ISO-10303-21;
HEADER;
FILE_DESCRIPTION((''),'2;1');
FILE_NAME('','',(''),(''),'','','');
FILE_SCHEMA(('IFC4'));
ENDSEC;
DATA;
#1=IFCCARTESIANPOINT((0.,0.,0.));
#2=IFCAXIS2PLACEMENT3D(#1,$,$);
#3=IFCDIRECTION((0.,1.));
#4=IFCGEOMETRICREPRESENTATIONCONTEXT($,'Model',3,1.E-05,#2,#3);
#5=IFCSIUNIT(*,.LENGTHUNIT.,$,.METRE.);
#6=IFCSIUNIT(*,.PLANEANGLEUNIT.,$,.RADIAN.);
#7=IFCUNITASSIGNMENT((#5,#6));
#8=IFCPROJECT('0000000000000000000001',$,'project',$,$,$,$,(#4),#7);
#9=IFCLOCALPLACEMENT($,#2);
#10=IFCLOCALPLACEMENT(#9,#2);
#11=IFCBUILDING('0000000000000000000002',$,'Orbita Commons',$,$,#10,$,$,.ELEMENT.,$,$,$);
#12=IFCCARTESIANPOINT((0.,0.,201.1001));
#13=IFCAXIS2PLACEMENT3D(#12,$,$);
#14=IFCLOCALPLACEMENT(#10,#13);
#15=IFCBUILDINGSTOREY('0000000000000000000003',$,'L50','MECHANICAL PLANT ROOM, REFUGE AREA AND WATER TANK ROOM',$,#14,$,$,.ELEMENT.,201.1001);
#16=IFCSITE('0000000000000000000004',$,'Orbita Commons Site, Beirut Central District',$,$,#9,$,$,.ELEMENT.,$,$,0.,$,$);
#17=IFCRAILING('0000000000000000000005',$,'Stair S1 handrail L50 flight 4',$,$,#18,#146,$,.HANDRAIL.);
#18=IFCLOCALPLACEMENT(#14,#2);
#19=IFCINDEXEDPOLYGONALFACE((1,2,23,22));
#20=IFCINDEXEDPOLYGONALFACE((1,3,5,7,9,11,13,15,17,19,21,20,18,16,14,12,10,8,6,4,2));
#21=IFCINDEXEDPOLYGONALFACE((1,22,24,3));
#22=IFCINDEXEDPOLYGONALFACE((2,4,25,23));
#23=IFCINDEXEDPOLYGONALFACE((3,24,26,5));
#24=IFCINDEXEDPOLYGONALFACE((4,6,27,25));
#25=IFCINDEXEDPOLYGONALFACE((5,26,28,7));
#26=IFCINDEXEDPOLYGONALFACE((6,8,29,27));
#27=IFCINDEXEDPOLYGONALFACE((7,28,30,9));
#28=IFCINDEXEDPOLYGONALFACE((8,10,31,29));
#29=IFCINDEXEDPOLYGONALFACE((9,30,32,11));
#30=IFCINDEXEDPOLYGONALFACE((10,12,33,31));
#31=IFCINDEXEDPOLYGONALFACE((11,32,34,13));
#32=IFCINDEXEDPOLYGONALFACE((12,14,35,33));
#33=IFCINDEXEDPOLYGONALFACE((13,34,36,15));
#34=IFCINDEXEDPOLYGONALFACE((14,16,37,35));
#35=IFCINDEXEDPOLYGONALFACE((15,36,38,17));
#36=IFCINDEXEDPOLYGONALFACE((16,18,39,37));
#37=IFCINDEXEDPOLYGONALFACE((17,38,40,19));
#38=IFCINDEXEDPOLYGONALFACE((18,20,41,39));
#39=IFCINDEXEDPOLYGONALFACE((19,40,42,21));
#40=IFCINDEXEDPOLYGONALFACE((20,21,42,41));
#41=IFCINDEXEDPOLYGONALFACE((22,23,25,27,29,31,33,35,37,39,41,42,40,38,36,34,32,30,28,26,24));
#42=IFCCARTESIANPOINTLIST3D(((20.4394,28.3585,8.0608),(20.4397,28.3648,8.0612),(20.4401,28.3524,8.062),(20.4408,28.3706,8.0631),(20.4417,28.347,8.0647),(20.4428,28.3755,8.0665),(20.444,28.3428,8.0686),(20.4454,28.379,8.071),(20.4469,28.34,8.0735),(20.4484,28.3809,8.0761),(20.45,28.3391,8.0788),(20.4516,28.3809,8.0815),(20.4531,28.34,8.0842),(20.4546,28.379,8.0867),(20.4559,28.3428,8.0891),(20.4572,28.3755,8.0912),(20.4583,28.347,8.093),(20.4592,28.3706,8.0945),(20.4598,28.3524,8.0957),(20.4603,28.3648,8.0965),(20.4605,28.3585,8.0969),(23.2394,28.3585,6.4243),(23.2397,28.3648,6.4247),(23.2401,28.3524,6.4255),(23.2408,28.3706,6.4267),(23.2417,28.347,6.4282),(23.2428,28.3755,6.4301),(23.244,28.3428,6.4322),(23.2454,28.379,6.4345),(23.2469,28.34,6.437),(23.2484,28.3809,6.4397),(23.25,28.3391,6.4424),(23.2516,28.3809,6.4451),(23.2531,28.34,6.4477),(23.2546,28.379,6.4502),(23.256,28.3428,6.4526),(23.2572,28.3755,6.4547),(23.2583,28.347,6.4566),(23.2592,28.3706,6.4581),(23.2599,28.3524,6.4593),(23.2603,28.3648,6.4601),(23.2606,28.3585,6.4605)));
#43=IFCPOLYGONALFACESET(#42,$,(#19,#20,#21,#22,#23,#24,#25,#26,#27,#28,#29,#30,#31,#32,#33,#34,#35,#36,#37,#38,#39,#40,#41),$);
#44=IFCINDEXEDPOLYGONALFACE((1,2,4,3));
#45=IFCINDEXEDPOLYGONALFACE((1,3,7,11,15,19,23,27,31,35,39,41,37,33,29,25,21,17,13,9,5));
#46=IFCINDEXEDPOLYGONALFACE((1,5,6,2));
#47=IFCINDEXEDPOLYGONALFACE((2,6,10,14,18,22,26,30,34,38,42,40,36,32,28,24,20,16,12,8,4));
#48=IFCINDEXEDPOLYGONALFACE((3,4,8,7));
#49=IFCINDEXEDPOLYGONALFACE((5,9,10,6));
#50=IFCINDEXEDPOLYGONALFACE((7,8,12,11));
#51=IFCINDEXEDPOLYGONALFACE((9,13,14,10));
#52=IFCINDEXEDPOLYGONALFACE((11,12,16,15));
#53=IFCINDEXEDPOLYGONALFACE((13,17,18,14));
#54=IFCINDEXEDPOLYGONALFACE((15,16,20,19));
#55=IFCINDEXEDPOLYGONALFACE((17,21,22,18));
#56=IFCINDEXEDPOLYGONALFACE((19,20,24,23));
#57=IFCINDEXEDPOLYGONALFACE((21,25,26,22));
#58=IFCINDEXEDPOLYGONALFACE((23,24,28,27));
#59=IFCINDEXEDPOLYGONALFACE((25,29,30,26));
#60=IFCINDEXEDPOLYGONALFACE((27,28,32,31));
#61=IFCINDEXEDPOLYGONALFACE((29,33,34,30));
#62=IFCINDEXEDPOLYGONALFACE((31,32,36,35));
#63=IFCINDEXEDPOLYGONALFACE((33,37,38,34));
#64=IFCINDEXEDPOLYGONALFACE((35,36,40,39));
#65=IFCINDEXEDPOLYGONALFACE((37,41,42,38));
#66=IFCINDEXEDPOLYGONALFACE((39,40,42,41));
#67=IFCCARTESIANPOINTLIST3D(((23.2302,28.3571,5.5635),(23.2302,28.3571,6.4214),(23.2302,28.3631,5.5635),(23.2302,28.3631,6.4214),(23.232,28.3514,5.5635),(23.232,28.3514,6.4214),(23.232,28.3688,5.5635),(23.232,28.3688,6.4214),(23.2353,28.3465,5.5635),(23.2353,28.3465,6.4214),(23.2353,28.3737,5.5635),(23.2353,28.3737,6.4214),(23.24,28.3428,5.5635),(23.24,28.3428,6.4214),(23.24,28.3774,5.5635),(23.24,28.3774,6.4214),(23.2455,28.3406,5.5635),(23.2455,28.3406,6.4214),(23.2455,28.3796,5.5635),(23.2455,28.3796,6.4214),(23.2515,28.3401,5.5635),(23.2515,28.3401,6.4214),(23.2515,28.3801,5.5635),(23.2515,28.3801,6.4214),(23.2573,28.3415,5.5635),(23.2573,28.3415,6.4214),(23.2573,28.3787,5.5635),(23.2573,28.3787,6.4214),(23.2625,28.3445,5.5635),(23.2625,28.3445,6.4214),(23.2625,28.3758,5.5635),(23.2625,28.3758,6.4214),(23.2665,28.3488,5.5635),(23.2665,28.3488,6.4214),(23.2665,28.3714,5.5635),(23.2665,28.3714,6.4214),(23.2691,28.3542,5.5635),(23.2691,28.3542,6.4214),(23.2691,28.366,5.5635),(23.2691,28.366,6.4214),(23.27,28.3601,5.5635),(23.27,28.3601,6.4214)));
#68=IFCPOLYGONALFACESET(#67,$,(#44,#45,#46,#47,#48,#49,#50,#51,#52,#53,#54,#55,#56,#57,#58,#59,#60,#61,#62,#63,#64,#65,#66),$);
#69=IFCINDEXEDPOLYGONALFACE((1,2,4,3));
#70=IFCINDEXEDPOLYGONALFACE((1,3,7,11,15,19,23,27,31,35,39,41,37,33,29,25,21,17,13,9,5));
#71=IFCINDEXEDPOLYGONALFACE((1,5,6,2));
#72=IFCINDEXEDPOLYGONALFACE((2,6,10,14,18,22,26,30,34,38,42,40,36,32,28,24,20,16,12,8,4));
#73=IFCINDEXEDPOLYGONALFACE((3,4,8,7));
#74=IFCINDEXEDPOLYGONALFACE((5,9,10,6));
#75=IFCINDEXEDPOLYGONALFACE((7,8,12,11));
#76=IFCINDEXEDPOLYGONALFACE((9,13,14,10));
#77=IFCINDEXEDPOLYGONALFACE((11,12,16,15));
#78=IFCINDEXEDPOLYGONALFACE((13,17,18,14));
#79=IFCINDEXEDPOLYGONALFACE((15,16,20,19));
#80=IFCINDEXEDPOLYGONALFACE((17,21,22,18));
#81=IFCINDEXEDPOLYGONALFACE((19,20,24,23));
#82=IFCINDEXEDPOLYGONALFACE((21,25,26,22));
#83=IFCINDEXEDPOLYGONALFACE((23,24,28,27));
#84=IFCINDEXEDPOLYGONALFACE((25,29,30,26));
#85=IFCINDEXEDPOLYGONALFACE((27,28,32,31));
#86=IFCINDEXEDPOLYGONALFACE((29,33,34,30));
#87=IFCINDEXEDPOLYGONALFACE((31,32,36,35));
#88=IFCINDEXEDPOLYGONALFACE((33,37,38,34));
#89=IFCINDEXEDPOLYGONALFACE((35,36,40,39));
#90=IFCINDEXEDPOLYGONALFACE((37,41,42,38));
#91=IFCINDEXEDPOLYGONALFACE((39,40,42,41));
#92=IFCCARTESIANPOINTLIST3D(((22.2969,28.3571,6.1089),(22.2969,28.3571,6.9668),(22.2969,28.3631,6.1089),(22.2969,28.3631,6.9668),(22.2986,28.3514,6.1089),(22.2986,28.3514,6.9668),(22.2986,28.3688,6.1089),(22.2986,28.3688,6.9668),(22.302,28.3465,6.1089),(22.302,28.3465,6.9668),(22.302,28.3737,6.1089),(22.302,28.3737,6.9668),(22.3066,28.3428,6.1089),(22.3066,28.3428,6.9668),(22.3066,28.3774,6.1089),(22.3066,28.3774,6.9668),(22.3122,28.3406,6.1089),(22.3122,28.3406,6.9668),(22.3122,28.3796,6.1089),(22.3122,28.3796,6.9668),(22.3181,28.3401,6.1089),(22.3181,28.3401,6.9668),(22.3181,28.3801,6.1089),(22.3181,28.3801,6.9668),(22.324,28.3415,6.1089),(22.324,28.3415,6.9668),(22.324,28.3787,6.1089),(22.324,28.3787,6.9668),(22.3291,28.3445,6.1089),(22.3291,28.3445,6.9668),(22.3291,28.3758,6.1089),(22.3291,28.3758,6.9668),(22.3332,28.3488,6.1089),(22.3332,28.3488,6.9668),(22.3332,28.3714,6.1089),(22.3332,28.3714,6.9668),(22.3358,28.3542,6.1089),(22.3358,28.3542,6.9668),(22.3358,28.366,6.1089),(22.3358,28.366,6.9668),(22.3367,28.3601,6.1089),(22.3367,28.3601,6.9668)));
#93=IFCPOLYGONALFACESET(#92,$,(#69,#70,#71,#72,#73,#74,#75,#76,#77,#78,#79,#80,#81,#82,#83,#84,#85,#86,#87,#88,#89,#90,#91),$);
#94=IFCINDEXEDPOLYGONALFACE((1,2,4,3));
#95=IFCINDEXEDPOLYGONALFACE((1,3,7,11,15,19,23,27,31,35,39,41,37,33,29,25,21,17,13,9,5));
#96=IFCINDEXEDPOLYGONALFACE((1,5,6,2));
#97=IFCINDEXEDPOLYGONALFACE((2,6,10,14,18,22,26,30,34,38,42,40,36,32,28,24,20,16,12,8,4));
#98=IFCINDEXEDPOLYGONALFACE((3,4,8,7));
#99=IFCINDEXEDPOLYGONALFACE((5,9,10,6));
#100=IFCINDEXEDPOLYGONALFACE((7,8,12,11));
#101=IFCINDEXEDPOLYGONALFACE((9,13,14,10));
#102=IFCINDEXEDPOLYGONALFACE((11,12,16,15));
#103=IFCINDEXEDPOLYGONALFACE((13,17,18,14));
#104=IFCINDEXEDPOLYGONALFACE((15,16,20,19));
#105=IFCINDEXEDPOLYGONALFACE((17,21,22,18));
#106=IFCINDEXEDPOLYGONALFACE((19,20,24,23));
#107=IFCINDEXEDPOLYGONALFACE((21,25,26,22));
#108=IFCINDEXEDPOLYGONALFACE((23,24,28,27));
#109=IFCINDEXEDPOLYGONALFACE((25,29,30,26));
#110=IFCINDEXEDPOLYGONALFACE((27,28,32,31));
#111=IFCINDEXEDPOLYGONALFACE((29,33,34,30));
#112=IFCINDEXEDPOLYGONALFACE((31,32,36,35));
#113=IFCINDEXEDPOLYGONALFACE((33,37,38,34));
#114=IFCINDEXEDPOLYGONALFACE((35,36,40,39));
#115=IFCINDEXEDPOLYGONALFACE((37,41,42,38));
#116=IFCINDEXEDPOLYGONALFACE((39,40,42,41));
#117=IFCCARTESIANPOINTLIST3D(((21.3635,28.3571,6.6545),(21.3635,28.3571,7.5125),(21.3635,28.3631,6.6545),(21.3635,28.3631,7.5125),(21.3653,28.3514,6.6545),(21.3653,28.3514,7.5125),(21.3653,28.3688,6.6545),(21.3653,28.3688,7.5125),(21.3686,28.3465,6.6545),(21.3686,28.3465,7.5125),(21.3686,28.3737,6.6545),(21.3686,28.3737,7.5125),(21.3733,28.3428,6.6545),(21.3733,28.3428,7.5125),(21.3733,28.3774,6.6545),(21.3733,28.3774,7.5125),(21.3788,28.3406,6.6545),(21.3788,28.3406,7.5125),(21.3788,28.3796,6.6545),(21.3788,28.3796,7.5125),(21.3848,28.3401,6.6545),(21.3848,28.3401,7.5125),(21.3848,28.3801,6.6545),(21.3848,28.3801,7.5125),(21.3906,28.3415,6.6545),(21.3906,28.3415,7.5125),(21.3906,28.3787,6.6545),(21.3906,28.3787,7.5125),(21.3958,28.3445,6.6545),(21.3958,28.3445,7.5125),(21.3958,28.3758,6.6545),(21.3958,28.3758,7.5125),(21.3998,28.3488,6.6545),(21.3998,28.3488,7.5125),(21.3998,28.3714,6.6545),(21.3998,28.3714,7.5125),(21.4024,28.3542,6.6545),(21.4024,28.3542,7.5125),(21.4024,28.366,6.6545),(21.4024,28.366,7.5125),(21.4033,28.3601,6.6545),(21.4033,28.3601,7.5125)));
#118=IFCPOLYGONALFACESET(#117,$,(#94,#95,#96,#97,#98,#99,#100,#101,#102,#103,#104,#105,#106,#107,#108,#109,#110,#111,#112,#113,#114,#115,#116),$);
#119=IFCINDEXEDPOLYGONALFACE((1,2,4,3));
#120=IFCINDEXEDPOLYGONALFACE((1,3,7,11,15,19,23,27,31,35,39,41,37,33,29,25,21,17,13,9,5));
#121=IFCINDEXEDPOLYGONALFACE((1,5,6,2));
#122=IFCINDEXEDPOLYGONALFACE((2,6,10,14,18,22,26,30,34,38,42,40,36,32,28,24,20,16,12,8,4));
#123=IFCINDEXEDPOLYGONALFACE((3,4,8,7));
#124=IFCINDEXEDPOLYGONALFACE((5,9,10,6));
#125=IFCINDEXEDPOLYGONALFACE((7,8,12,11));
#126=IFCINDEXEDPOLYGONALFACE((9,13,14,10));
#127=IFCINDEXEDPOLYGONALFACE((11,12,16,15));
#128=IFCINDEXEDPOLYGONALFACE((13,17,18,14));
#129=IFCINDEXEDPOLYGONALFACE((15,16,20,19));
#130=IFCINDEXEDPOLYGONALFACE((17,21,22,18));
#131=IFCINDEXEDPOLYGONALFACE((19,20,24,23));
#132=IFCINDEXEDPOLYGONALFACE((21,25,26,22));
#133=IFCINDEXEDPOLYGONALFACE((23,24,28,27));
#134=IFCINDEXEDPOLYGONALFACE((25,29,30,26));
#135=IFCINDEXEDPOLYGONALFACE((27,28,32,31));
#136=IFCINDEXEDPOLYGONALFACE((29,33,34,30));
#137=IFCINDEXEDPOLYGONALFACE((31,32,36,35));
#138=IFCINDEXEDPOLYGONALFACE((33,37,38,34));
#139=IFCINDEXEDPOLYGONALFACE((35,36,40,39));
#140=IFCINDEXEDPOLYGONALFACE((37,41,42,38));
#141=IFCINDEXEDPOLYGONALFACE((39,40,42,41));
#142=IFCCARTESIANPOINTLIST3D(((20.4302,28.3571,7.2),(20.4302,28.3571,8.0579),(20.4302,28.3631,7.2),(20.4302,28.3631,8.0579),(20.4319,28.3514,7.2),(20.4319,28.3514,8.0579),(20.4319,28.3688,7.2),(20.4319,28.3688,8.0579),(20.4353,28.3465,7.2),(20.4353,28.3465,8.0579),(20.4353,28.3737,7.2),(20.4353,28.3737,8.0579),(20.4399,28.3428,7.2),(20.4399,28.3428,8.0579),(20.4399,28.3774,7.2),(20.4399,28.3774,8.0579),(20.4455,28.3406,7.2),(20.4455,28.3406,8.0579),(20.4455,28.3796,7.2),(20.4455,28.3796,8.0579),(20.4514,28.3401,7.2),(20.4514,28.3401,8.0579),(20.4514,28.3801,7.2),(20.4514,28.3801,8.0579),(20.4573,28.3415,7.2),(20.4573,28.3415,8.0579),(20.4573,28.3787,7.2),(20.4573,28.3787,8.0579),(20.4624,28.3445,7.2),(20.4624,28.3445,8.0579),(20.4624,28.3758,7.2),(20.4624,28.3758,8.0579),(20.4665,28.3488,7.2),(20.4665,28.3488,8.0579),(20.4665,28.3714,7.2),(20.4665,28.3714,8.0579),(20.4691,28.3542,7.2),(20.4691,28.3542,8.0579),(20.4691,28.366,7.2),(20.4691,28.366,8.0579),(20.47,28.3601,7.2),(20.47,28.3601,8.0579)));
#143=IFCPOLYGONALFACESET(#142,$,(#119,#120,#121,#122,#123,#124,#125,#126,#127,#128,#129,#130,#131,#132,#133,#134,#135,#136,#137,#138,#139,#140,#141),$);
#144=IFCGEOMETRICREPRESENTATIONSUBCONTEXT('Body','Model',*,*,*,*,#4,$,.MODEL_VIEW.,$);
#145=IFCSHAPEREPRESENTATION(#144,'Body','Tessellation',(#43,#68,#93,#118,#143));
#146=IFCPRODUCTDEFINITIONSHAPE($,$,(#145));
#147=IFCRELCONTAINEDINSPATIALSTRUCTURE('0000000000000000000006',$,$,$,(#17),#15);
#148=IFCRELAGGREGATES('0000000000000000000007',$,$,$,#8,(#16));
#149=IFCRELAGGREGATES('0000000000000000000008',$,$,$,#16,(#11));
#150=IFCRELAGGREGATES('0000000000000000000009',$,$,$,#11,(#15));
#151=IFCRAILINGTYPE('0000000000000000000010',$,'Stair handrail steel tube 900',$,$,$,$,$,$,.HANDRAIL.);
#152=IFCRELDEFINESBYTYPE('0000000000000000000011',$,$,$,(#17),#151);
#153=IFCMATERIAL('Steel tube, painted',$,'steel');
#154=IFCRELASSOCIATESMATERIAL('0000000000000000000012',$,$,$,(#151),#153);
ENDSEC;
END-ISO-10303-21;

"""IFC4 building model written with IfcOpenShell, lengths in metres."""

from ifc_helpers import new_model, si_unit, direction, frame, origin, origin_2d, place, context, subcontext, project, spatial, circle, extrude, material, type_object, element, save


model = new_model("IFC4")

# Units and contexts
model_context = context("Model", 3, precision=1e-05, world=origin(), true_north=direction((0.0, 1.0)))
body_context = subcontext(model_context, "Body", "Model", "MODEL_VIEW")
ifc_project = project(units=[si_unit("LENGTHUNIT", "METRE"), si_unit("PLANEANGLEUNIT", "RADIAN")], contexts=[model_context])

# Site, building, storey
site_placement = place(None, origin())
site = spatial("IfcSite", under=ifc_project, at=site_placement, Name="Orbita Commons Site, Beirut Central District", CompositionType="ELEMENT", RefElevation=0.0)
building_placement = place(site_placement, origin())
building = spatial("IfcBuilding", under=site, at=building_placement, Name="Orbita Commons", CompositionType="ELEMENT")
storey_placement = place(building_placement, frame((0.0, 0.0, 201.1001)))
storey = spatial("IfcBuildingStorey", under=building, at=storey_placement, Name="L50", Description="MECHANICAL PLANT ROOM, REFUGE AREA AND WATER TANK ROOM", CompositionType="ELEMENT", Elevation=201.1001)

# Railing
ifc_material = material(Name="Steel tube, painted", Category="steel")
railing_type = type_object("IfcRailingType", Name="Stair handrail steel tube 900", PredefinedType="HANDRAIL", material=ifc_material)
for number, where, name in (
    (1, (23.25, 28.3601, 5.5635), "Stair S1 handrail L50 flight 4"),
):
    element("IfcRailing", number, at=place(storey_placement, frame(where)), inside=storey, type_object=railing_type, Name=name, PredefinedType="HANDRAIL", context=body_context, shape_type="SweptSolid", body=[
        extrude(circle(Radius=0.021, at=origin_2d()), frame((0.0, 0.0, 0.8789), z_axis=(-0.863361, 0.0, 0.504587), x_axis=(0.0, -1.0, 0.0)), (0.0, 0.0, 1.0), 3.2432),
        extrude(circle(Radius=0.02, at=origin_2d()), origin(), (0.0, 0.0, 1.0), 0.8579),
        extrude(circle(Radius=0.02, at=origin_2d()), frame((-0.9333, 0.0, 0.5454)), (0.0, 0.0, 1.0), 0.8579),
        extrude(circle(Radius=0.02, at=origin_2d()), frame((-1.8667, 0.0, 1.0911)), (0.0, 0.0, 1.0), 0.8579),
        extrude(circle(Radius=0.02, at=origin_2d()), frame((-2.8, 0.0, 1.6365)), (0.0, 0.0, 1.0), 0.8579),
    ])

save(model, "model.ifc")
